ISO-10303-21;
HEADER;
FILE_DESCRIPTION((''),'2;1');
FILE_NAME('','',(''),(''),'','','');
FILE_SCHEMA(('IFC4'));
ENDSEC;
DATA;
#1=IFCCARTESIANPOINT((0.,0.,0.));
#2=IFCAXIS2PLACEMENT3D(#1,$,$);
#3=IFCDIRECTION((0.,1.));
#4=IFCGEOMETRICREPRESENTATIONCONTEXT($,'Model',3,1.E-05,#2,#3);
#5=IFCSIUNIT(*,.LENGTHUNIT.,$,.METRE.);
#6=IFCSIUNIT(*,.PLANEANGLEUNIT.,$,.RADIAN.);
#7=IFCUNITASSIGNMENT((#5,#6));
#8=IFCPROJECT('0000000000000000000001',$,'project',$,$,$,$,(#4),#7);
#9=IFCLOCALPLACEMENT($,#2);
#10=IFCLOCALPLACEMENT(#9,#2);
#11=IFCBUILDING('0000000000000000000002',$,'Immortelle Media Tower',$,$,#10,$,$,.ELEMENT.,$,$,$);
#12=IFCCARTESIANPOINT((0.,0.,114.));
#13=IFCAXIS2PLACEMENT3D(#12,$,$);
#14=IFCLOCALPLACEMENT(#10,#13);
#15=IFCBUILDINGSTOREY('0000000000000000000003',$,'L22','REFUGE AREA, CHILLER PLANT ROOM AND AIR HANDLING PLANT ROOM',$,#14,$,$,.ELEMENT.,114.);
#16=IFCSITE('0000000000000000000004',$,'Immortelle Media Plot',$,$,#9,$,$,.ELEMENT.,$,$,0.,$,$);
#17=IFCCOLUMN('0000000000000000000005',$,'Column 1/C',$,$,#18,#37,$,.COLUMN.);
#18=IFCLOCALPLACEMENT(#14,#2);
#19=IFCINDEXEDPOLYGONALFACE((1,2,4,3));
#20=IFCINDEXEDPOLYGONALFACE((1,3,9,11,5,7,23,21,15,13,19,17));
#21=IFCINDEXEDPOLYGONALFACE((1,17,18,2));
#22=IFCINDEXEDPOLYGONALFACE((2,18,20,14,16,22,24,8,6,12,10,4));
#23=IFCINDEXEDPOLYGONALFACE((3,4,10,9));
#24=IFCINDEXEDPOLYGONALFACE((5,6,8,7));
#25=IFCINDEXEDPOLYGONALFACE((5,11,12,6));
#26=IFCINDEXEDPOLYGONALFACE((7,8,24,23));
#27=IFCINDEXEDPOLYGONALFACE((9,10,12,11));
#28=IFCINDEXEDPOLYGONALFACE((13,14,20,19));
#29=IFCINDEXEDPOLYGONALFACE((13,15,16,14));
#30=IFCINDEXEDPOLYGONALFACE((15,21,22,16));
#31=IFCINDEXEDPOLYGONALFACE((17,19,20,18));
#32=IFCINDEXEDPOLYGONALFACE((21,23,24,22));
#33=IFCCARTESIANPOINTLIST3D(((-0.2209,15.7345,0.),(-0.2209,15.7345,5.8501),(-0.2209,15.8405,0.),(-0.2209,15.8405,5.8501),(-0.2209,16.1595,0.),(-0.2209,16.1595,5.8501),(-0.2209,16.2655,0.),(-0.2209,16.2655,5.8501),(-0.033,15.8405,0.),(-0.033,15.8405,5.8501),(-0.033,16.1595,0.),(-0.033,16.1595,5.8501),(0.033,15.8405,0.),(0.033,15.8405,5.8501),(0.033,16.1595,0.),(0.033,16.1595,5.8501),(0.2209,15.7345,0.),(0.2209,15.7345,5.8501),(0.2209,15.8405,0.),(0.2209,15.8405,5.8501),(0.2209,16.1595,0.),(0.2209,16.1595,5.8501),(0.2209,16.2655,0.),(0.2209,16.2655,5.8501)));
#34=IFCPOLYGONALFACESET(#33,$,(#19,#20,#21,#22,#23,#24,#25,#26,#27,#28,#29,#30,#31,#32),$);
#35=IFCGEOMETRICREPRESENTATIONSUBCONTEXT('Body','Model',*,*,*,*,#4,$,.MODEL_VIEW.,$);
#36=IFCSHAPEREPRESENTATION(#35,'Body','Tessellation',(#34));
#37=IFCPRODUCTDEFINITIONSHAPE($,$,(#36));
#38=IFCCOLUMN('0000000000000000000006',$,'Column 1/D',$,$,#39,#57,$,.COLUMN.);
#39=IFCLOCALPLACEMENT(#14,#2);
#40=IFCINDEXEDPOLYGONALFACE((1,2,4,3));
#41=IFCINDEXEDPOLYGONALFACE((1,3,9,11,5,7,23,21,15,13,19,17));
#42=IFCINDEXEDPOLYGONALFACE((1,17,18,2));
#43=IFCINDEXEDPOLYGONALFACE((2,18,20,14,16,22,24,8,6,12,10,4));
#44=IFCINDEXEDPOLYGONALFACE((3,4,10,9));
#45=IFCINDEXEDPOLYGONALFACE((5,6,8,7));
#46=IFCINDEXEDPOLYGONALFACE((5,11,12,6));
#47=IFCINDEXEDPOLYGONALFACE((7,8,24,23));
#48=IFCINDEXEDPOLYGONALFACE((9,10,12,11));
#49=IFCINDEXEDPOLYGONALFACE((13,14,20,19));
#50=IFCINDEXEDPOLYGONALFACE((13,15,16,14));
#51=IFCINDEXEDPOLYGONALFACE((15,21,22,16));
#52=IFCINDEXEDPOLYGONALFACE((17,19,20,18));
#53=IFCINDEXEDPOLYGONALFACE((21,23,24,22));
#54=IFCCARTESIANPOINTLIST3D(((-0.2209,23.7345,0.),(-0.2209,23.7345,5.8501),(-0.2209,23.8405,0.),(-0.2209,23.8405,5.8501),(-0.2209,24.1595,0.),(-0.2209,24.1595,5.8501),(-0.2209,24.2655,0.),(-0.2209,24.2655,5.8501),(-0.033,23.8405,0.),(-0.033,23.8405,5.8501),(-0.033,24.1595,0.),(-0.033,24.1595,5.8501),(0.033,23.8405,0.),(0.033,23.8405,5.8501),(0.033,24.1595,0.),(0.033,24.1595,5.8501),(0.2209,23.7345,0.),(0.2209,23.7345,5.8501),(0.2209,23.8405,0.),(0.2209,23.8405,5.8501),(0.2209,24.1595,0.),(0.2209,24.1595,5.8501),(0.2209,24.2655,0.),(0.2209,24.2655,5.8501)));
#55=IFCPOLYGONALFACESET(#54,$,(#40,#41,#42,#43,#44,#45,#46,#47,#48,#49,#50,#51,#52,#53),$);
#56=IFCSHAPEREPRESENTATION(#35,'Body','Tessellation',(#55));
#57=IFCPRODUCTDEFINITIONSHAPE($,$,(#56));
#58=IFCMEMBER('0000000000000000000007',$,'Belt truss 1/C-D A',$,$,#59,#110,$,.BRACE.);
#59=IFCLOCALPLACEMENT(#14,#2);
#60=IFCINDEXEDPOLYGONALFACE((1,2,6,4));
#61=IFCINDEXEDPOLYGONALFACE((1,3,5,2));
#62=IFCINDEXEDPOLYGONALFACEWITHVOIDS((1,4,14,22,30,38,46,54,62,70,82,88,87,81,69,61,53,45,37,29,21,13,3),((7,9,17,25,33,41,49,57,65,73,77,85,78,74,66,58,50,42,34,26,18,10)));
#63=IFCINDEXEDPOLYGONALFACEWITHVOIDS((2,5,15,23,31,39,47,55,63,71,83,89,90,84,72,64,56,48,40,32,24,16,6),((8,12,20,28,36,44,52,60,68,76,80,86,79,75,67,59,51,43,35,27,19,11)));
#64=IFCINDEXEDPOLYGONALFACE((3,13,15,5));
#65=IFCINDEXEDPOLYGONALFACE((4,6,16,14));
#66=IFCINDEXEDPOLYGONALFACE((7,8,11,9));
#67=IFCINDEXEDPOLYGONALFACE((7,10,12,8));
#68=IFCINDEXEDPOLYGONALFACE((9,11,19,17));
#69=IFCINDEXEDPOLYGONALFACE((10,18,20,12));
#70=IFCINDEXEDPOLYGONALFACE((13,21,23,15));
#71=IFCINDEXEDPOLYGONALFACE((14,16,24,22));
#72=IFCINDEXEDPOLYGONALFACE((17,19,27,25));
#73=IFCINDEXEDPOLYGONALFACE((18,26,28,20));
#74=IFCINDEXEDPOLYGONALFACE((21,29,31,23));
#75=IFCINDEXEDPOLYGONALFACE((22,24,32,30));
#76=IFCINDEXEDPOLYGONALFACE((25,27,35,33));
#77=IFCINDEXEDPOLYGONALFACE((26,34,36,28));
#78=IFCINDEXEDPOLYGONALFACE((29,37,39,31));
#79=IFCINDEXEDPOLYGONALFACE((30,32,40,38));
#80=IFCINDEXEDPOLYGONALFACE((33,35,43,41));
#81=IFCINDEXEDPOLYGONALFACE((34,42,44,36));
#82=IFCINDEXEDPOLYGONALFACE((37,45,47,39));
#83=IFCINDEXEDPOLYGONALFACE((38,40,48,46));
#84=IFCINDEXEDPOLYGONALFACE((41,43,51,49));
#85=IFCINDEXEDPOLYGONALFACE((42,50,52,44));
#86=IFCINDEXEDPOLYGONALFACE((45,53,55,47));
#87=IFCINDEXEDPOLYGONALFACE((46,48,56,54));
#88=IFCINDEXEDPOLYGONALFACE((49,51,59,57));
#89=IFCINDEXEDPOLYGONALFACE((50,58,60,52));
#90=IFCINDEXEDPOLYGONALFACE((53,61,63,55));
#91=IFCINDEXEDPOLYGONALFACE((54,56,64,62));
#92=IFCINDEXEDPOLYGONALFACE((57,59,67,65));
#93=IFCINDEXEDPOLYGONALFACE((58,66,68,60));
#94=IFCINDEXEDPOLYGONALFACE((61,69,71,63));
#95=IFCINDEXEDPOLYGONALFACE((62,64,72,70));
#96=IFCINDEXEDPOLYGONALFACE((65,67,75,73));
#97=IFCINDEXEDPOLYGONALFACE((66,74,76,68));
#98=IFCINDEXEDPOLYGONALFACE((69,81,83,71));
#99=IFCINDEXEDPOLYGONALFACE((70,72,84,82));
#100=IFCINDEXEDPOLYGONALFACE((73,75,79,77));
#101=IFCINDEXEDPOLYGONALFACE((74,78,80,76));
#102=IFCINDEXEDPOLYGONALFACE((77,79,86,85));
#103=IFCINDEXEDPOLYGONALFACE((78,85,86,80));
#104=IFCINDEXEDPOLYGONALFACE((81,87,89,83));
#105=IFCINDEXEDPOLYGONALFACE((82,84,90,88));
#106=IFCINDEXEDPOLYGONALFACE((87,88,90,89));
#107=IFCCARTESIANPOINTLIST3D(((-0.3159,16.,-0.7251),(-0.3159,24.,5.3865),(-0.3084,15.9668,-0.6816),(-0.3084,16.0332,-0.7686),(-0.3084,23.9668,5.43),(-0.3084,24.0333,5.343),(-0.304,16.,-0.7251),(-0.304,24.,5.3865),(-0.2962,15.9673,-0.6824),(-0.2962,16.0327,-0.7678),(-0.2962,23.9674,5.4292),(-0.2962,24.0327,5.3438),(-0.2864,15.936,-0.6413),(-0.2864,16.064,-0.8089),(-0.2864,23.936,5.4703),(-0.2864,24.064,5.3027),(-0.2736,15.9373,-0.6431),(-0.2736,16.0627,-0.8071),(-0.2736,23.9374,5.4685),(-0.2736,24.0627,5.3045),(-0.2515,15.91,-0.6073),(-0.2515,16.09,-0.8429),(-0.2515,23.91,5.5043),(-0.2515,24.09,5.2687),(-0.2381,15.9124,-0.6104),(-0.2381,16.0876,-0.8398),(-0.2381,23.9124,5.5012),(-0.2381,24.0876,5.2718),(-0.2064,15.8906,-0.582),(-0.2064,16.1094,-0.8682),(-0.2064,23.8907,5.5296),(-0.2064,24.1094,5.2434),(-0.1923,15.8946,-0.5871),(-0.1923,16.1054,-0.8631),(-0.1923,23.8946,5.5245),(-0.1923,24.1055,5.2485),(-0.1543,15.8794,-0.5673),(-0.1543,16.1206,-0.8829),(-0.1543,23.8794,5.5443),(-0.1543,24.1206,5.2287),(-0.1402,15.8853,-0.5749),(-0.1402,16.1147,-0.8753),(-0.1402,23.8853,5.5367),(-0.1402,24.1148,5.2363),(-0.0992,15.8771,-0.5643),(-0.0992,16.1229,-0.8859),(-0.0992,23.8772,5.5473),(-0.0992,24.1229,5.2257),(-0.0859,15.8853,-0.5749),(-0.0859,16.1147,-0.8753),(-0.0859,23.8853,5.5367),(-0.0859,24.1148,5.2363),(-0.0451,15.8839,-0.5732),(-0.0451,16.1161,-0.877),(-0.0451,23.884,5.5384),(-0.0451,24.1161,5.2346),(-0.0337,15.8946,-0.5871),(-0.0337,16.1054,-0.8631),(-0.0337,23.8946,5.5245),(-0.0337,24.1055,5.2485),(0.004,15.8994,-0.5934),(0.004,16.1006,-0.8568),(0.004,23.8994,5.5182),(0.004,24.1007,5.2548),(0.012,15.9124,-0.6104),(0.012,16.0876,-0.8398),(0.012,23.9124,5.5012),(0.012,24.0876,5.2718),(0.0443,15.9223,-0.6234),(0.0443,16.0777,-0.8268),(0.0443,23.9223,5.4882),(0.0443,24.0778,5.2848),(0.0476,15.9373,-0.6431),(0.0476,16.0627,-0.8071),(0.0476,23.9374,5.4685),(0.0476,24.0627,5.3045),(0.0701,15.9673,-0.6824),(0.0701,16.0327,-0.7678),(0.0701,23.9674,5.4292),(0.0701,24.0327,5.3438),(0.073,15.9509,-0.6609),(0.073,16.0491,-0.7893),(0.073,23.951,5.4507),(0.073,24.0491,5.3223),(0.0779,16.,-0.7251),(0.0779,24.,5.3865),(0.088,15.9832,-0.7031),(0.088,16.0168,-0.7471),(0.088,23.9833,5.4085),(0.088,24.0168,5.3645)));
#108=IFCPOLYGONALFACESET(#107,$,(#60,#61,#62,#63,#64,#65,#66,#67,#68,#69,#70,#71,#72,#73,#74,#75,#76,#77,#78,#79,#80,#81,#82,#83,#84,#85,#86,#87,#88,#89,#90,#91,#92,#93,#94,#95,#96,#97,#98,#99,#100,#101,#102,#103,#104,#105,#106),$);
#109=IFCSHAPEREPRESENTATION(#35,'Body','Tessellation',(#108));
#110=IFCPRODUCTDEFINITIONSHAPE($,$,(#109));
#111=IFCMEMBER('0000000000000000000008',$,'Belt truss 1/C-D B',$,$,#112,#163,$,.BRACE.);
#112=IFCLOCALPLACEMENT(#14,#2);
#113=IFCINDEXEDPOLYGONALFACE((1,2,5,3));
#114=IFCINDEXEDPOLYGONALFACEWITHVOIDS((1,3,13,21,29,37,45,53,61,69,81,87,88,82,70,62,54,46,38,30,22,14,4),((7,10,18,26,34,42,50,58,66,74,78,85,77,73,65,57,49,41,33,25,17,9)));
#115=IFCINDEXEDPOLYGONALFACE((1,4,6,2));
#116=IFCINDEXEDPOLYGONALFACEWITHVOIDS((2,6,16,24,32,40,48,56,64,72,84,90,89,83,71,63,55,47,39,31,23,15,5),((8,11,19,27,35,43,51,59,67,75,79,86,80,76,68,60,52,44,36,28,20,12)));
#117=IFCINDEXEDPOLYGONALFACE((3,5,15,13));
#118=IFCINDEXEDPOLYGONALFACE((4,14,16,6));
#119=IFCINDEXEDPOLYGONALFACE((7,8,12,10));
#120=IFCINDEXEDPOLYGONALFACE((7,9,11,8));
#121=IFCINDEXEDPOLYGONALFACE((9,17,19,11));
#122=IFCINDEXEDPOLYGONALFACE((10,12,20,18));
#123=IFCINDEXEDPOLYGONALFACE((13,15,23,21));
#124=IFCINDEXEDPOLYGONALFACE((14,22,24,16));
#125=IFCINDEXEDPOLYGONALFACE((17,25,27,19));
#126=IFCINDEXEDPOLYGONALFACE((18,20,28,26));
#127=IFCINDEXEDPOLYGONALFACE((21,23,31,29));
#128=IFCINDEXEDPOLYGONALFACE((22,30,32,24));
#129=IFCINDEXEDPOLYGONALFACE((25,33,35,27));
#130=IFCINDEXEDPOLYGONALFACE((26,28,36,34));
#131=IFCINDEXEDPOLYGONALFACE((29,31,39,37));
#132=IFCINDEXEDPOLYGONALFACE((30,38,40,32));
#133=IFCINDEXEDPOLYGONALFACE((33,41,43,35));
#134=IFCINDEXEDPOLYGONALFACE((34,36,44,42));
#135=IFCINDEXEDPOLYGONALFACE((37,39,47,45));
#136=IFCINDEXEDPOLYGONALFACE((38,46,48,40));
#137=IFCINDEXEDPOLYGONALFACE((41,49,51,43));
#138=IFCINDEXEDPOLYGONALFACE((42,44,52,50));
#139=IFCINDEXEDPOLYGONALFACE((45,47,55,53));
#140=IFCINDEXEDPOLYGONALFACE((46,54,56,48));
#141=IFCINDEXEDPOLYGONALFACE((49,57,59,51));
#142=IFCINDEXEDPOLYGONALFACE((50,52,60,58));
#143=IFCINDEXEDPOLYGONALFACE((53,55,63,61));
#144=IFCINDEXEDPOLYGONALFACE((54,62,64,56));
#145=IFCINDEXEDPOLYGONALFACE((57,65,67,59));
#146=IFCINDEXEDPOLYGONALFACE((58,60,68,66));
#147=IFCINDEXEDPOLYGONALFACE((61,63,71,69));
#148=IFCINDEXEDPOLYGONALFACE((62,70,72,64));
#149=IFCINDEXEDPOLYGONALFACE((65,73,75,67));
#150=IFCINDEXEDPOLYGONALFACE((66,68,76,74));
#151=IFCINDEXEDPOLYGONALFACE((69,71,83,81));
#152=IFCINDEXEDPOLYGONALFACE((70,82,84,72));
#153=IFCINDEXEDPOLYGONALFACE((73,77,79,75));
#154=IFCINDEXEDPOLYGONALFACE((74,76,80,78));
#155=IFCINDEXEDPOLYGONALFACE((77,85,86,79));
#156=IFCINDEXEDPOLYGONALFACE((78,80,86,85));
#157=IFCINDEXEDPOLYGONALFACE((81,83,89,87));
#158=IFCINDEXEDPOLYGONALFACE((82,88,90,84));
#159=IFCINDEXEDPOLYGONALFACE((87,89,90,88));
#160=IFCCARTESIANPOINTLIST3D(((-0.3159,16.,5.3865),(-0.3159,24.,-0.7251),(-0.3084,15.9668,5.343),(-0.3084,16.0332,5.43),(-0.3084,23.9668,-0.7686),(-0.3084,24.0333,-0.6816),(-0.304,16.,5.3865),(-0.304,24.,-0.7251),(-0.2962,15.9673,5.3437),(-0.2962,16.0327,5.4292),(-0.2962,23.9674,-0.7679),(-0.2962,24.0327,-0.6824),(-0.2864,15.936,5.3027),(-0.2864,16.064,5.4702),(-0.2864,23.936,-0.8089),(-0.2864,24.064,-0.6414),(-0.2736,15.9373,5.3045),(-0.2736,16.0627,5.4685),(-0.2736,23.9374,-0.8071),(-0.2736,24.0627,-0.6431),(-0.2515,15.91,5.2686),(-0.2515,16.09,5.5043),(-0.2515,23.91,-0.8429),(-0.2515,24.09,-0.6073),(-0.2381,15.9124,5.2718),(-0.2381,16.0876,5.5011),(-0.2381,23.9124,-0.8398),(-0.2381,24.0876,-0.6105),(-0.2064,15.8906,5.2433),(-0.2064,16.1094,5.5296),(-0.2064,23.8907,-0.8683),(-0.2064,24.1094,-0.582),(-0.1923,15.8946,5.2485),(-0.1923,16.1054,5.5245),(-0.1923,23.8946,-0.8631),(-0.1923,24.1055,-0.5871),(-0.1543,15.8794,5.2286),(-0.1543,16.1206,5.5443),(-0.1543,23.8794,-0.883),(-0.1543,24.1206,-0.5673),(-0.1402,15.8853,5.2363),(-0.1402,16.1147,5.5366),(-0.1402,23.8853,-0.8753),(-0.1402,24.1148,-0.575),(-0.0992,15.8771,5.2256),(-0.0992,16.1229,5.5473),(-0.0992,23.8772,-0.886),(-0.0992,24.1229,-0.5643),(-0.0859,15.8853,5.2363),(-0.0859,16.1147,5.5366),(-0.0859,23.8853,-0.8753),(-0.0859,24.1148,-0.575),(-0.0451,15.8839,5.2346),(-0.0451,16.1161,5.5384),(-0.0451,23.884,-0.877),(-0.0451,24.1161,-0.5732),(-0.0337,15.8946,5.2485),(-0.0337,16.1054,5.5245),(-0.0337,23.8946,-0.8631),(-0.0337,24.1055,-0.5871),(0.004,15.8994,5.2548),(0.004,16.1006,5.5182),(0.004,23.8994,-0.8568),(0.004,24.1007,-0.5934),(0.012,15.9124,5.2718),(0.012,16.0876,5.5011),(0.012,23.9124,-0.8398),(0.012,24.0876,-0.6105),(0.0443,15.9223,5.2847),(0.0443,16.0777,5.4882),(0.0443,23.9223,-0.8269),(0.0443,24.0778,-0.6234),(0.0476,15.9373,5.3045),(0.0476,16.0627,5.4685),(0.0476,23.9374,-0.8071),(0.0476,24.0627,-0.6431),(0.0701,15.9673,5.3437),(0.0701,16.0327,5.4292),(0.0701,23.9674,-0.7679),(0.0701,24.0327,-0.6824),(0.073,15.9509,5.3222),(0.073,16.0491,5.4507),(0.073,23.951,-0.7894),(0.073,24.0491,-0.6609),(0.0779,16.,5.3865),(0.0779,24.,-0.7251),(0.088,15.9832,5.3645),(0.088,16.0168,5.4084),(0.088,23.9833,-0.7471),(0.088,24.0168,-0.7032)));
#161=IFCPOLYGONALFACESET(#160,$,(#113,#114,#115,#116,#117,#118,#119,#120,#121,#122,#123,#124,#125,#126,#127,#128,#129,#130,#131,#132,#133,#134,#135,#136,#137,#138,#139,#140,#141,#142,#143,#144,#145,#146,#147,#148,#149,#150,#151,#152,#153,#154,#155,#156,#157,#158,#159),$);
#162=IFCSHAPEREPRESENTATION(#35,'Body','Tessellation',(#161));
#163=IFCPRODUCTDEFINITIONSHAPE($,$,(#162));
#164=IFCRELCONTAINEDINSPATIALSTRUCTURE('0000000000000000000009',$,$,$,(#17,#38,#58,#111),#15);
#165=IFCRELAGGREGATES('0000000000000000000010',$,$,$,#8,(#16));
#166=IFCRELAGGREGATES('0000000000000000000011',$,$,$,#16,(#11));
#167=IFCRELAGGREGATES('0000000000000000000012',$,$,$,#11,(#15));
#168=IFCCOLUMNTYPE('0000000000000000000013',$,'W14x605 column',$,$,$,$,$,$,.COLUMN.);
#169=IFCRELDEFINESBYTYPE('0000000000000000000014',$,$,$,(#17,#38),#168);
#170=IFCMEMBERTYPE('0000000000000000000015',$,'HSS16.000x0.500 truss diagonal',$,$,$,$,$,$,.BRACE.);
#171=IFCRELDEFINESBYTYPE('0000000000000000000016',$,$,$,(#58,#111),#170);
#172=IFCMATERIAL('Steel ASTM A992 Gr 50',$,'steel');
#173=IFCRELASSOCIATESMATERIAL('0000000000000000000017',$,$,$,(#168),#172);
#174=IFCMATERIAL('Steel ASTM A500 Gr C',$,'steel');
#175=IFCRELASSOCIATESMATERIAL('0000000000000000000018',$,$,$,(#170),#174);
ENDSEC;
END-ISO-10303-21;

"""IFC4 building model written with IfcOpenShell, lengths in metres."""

from ifc_helpers import new_model, si_unit, direction, frame, origin, origin_2d, place, context, subcontext, project, spatial, hollow_circle, i_section, extrude, material, material_profile, profile_set, type_object, element, save


model = new_model("IFC4")

# Units and contexts
model_context = context("Model", 3, precision=1e-05, world=origin(), true_north=direction((0.0, 1.0)))
body_context = subcontext(model_context, "Body", "Model", "MODEL_VIEW")
ifc_project = project(units=[si_unit("LENGTHUNIT", "METRE"), si_unit("PLANEANGLEUNIT", "RADIAN")], contexts=[model_context])

# Site, building, storey
site_placement = place(None, origin())
site = spatial("IfcSite", under=ifc_project, at=site_placement, Name="Immortelle Media Plot", CompositionType="ELEMENT", RefElevation=0.0)
building_placement = place(site_placement, origin())
building = spatial("IfcBuilding", under=site, at=building_placement, Name="Immortelle Media Tower", CompositionType="ELEMENT")
storey_placement = place(building_placement, frame((0.0, 0.0, 114.0)))
storey = spatial("IfcBuildingStorey", under=building, at=storey_placement, Name="L22", Description="REFUGE AREA, CHILLER PLANT ROOM AND AIR HANDLING PLANT ROOM", CompositionType="ELEMENT", Elevation=114.0)

# Columns
ifc_material_1 = material(Name="Steel ASTM A992 Gr 50", Category="steel")
ifc_material_profile_1 = material_profile(ifc_material_1, i_section(OverallWidth=0.4419, OverallDepth=0.531, WebThickness=0.0659, FlangeThickness=0.106, at=origin_2d()), Name="W14x605")
ifc_profile_set_1 = profile_set([ifc_material_profile_1], Name="Steel ASTM A992 Gr 50")
column_type = type_object("IfcColumnType", Name="W14x605 column", PredefinedType="COLUMN", material=ifc_profile_set_1)
for number, where, z_axis, x_axis, name in (
    (1, (0.0, 16.0, 0.0), (0.0, 0.0, 1.0), (1.0, 0.0, 0.0), "Column 1/C"),
    (2, (0.0, 24.0, 0.0), (0.0, 0.0, 1.0), (1.0, 0.0, 0.0), "Column 1/D"),
):
    element("IfcColumn", number, at=place(storey_placement, frame(where, z_axis=z_axis, x_axis=x_axis)), inside=storey, type_object=column_type, Name=name, PredefinedType="COLUMN", context=body_context, shape_type="SweptSolid", body=[
        extrude(i_section(OverallWidth=0.4419, OverallDepth=0.531, WebThickness=0.0659, FlangeThickness=0.106, at=origin_2d()), origin(), (0.0, 0.0, 1.0), 5.8501),
    ])

# Members
ifc_material_2 = material(Name="Steel ASTM A500 Gr C", Category="steel")
ifc_material_profile_2 = material_profile(ifc_material_2, hollow_circle(Radius=0.2029, WallThickness=0.012, at=origin_2d()), Name="HSS16.000x0.500 truss diagonal")
ifc_profile_set_2 = profile_set([ifc_material_profile_2], Name="Steel ASTM A500 Gr C")
member_type_1 = type_object("IfcMemberType", Name="HSS16.000x0.500 truss diagonal", PredefinedType="BRACE", material=ifc_profile_set_2)
for number, where, z_axis, x_axis, name in (
    (3, (-0.113, 16.0, -0.7251), (0.0, 0.794649, 0.607069), (-1.0, 0.0, 0.0), "Belt truss 1/C-D A"),
    (4, (-0.113, 16.0, 5.3865), (0.0, 0.794649, -0.607069), (-1.0, 0.0, 0.0), "Belt truss 1/C-D B"),
):
    element("IfcMember", number, at=place(storey_placement, frame(where, z_axis=z_axis, x_axis=x_axis)), inside=storey, type_object=member_type_1, Name=name, PredefinedType="BRACE", context=body_context, shape_type="SweptSolid", body=[
        extrude(hollow_circle(Radius=0.2029, WallThickness=0.012, at=origin_2d()), origin(), (0.0, 0.0, 1.0), 10.0674),
    ])

save(model, "model.ifc")
